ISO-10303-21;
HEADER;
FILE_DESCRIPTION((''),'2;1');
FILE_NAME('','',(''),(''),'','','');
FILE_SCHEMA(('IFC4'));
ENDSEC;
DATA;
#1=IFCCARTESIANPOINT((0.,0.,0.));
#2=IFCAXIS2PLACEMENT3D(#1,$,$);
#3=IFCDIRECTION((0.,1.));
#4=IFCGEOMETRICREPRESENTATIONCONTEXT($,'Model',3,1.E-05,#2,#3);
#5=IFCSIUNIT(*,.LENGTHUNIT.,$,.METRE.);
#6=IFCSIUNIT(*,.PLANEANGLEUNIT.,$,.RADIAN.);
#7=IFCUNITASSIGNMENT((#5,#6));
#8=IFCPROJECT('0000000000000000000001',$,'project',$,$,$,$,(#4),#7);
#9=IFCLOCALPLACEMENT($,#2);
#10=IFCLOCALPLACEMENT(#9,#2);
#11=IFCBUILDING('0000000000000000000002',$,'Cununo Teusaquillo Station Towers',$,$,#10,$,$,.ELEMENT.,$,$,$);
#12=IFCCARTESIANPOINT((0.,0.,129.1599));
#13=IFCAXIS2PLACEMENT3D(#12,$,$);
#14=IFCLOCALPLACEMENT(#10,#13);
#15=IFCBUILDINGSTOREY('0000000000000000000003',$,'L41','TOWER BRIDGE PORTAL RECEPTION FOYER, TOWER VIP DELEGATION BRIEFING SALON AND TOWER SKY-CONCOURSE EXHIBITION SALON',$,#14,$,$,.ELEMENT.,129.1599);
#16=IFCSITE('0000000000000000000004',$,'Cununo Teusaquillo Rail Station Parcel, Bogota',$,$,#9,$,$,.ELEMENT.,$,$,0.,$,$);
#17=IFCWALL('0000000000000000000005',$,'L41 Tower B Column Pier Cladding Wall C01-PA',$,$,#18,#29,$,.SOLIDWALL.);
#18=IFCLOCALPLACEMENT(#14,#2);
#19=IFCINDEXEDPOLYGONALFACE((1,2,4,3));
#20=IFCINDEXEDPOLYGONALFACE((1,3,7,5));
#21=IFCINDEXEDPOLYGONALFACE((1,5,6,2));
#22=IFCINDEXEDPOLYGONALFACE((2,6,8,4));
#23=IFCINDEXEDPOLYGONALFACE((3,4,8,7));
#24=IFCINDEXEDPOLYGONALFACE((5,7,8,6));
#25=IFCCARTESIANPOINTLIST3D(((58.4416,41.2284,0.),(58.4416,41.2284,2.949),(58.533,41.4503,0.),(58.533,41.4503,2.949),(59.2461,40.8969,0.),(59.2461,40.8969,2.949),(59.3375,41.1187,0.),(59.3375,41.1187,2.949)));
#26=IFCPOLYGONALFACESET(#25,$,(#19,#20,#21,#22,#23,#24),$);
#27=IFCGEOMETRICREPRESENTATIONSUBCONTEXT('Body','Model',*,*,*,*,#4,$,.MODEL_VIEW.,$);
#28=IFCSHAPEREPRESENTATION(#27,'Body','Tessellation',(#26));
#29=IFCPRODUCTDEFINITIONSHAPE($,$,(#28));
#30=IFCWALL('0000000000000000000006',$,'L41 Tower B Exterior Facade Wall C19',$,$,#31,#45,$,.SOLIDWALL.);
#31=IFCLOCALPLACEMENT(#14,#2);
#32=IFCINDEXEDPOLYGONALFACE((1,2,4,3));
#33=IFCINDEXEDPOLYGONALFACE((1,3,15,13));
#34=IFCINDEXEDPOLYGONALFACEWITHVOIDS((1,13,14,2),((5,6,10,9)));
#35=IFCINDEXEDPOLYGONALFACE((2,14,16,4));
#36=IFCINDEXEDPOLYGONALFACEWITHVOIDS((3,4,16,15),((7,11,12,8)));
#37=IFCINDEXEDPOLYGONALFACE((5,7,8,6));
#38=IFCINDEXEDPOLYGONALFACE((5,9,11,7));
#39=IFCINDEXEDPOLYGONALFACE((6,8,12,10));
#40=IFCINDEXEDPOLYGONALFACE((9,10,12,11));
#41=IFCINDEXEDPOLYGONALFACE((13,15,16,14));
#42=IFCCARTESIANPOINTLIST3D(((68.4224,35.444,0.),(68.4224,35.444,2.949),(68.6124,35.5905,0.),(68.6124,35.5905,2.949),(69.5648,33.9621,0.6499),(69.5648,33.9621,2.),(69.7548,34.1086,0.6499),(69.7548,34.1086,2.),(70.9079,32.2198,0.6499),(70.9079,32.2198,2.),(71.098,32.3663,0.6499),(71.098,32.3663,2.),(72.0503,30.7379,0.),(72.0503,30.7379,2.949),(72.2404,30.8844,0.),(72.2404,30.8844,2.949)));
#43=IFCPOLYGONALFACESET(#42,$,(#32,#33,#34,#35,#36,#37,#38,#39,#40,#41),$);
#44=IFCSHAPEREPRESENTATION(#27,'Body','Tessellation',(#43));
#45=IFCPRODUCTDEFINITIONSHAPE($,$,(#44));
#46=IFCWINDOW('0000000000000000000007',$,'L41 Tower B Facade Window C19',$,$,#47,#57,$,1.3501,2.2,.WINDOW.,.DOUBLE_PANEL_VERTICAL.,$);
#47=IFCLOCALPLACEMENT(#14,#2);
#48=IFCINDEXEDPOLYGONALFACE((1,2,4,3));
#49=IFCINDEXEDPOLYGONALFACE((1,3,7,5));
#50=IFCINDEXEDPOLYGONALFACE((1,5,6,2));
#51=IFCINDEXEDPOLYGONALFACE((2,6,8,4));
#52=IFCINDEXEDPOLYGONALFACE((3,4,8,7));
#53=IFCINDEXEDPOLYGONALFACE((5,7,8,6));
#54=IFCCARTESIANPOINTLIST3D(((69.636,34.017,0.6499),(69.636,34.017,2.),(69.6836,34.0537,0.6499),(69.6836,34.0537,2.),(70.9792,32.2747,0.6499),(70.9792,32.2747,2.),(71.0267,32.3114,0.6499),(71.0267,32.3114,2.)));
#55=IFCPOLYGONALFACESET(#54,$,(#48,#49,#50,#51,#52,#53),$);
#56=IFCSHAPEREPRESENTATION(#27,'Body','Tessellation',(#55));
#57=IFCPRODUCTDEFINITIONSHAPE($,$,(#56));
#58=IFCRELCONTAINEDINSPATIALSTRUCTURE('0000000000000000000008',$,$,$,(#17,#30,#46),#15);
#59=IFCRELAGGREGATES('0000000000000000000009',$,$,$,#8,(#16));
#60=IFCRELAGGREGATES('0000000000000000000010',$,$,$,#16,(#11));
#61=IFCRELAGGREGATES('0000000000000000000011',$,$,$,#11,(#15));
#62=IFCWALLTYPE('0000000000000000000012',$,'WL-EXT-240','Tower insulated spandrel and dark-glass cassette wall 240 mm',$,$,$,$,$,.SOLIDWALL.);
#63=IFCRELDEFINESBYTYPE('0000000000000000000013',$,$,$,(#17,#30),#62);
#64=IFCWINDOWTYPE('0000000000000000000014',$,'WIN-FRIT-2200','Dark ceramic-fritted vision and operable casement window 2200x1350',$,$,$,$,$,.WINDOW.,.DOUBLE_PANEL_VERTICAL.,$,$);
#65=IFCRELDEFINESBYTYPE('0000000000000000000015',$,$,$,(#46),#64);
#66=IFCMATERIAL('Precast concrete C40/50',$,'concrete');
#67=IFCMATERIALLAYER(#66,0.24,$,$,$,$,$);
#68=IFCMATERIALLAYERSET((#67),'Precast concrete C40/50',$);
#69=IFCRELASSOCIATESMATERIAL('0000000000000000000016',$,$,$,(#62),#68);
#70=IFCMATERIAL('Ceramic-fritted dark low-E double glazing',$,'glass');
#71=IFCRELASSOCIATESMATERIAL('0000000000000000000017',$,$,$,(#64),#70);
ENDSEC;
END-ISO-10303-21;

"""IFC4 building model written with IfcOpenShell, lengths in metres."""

from ifc_helpers import new_model, si_unit, direction, frame, frame_2d, origin, place, context, subcontext, project, spatial, rectangle, extrude, source, transform, mapped, material, layer, layer_set, type_object, element, fill, save


model = new_model("IFC4")

# Units and contexts
model_context = context("Model", 3, precision=1e-05, world=origin(), true_north=direction((0.0, 1.0)))
body_context = subcontext(model_context, "Body", "Model", "MODEL_VIEW")
ifc_project = project(units=[si_unit("LENGTHUNIT", "METRE"), si_unit("PLANEANGLEUNIT", "RADIAN")], contexts=[model_context])

# Site, building, storey
site_placement = place(None, origin())
site = spatial("IfcSite", under=ifc_project, at=site_placement, Name="Cununo Teusaquillo Rail Station Parcel, Bogota", CompositionType="ELEMENT", RefElevation=0.0)
building_placement = place(site_placement, origin())
building = spatial("IfcBuilding", under=site, at=building_placement, Name="Cununo Teusaquillo Station Towers", CompositionType="ELEMENT")
storey_placement = place(building_placement, frame((0.0, 0.0, 129.1599)))
storey = spatial("IfcBuildingStorey", under=building, at=storey_placement, Name="L41", Description="TOWER BRIDGE PORTAL RECEPTION FOYER, TOWER VIP DELEGATION BRIEFING SALON AND TOWER SKY-CONCOURSE EXHIBITION SALON", CompositionType="ELEMENT", Elevation=129.1599)

# Wall
ifc_material_1 = material(Name="Precast concrete C40/50", Category="concrete")
ifc_layer_1 = layer(ifc_material_1, 0.24)
ifc_layer_set_1 = layer_set([ifc_layer_1], Name="Precast concrete C40/50")
wall_type = type_object("IfcWallType", Name="WL-EXT-240", Description="Tower insulated spandrel and dark-glass cassette wall 240 mm", PredefinedType="SOLIDWALL", material=ifc_layer_set_1)
wall_1_placement = place(storey_placement, frame((58.4873, 41.3394, 0.0), z_axis=(0.0, 0.0, 1.0), x_axis=(0.924556, -0.381046, 0.0)))
element("IfcWall", 1, at=wall_1_placement, inside=storey, type_object=wall_type, Name="L41 Tower B Column Pier Cladding Wall C01-PA", PredefinedType="SOLIDWALL", context=body_context, shape_type="SweptSolid", body=[
    extrude(rectangle(XDim=0.8701, YDim=0.24, at=frame_2d((0.4351, 0.0))), origin(), (0.0, 0.0, 1.0), 2.949),
])

# Wall, opening, window
wall_2_placement = place(storey_placement, frame((68.5173, 35.5173, 0.0), z_axis=(0.0, 0.0, 1.0), x_axis=(0.610544, -0.791982, 0.0)))
wall_2 = element("IfcWall", 2, at=wall_2_placement, inside=storey, type_object=wall_type, Name="L41 Tower B Exterior Facade Wall C19", PredefinedType="SOLIDWALL", context=body_context, shape_type="SweptSolid", body=[
    extrude(rectangle(XDim=5.9421, YDim=0.24, at=frame_2d((2.9712, 0.0))), origin(), (0.0, 0.0, 1.0), 2.949),
])
shared_shape_1 = source(origin(), body_context, "Body", "SweptSolid", [
    extrude(rectangle(XDim=2.2, YDim=1.3501, at=frame_2d((1.1001, 0.675))), frame((0.0, 0.1299, 0.0), z_axis=(0.0, -1.0, 0.0), x_axis=(1.0, 0.0, 0.0)), (0.0, 0.0, 1.0), 0.26),
])
opening_placement = place(wall_2_placement, frame((1.8711, 0.0, 0.6499)))
opening = element("IfcOpeningElement", 3, at=opening_placement, cuts=wall_2, PredefinedType="OPENING", context=body_context, shape_type="MappedRepresentation", body=[
    mapped(shared_shape_1, transform((0.0, 0.0, 0.0), x_axis=(1.0, 0.0, 0.0), y_axis=(0.0, 1.0, 0.0), z_axis=(0.0, 0.0, 1.0), scale=1.0)),
])
ifc_material_2 = material(Name="Ceramic-fritted dark low-E double glazing", Category="glass")
window_type = type_object("IfcWindowType", Name="WIN-FRIT-2200", Description="Dark ceramic-fritted vision and operable casement window 2200x1350", PartitioningType="DOUBLE_PANEL_VERTICAL", PredefinedType="WINDOW", material=ifc_material_2)
shared_shape_2 = source(origin(), body_context, "Body", "SweptSolid", [
    extrude(rectangle(XDim=2.2, YDim=1.3501, at=frame_2d((1.1001, 0.675))), frame((0.0, 0.03, 0.0), z_axis=(0.0, -1.0, 0.0), x_axis=(1.0, 0.0, 0.0)), (0.0, 0.0, 1.0), 0.0601),
])
window_placement = place(opening_placement, origin())
window = element("IfcWindow", 4, at=window_placement, inside=storey, type_object=window_type, Name="L41 Tower B Facade Window C19", OverallHeight=1.3501, OverallWidth=2.2, PartitioningType="DOUBLE_PANEL_VERTICAL", PredefinedType="WINDOW", context=body_context, shape_type="MappedRepresentation", body=[
    mapped(shared_shape_2, transform((0.0, 0.0, 0.0), x_axis=(1.0, 0.0, 0.0), y_axis=(0.0, 1.0, 0.0), z_axis=(0.0, 0.0, 1.0), scale=1.0)),
])
fill(opening, window)

save(model, "model.ifc")
